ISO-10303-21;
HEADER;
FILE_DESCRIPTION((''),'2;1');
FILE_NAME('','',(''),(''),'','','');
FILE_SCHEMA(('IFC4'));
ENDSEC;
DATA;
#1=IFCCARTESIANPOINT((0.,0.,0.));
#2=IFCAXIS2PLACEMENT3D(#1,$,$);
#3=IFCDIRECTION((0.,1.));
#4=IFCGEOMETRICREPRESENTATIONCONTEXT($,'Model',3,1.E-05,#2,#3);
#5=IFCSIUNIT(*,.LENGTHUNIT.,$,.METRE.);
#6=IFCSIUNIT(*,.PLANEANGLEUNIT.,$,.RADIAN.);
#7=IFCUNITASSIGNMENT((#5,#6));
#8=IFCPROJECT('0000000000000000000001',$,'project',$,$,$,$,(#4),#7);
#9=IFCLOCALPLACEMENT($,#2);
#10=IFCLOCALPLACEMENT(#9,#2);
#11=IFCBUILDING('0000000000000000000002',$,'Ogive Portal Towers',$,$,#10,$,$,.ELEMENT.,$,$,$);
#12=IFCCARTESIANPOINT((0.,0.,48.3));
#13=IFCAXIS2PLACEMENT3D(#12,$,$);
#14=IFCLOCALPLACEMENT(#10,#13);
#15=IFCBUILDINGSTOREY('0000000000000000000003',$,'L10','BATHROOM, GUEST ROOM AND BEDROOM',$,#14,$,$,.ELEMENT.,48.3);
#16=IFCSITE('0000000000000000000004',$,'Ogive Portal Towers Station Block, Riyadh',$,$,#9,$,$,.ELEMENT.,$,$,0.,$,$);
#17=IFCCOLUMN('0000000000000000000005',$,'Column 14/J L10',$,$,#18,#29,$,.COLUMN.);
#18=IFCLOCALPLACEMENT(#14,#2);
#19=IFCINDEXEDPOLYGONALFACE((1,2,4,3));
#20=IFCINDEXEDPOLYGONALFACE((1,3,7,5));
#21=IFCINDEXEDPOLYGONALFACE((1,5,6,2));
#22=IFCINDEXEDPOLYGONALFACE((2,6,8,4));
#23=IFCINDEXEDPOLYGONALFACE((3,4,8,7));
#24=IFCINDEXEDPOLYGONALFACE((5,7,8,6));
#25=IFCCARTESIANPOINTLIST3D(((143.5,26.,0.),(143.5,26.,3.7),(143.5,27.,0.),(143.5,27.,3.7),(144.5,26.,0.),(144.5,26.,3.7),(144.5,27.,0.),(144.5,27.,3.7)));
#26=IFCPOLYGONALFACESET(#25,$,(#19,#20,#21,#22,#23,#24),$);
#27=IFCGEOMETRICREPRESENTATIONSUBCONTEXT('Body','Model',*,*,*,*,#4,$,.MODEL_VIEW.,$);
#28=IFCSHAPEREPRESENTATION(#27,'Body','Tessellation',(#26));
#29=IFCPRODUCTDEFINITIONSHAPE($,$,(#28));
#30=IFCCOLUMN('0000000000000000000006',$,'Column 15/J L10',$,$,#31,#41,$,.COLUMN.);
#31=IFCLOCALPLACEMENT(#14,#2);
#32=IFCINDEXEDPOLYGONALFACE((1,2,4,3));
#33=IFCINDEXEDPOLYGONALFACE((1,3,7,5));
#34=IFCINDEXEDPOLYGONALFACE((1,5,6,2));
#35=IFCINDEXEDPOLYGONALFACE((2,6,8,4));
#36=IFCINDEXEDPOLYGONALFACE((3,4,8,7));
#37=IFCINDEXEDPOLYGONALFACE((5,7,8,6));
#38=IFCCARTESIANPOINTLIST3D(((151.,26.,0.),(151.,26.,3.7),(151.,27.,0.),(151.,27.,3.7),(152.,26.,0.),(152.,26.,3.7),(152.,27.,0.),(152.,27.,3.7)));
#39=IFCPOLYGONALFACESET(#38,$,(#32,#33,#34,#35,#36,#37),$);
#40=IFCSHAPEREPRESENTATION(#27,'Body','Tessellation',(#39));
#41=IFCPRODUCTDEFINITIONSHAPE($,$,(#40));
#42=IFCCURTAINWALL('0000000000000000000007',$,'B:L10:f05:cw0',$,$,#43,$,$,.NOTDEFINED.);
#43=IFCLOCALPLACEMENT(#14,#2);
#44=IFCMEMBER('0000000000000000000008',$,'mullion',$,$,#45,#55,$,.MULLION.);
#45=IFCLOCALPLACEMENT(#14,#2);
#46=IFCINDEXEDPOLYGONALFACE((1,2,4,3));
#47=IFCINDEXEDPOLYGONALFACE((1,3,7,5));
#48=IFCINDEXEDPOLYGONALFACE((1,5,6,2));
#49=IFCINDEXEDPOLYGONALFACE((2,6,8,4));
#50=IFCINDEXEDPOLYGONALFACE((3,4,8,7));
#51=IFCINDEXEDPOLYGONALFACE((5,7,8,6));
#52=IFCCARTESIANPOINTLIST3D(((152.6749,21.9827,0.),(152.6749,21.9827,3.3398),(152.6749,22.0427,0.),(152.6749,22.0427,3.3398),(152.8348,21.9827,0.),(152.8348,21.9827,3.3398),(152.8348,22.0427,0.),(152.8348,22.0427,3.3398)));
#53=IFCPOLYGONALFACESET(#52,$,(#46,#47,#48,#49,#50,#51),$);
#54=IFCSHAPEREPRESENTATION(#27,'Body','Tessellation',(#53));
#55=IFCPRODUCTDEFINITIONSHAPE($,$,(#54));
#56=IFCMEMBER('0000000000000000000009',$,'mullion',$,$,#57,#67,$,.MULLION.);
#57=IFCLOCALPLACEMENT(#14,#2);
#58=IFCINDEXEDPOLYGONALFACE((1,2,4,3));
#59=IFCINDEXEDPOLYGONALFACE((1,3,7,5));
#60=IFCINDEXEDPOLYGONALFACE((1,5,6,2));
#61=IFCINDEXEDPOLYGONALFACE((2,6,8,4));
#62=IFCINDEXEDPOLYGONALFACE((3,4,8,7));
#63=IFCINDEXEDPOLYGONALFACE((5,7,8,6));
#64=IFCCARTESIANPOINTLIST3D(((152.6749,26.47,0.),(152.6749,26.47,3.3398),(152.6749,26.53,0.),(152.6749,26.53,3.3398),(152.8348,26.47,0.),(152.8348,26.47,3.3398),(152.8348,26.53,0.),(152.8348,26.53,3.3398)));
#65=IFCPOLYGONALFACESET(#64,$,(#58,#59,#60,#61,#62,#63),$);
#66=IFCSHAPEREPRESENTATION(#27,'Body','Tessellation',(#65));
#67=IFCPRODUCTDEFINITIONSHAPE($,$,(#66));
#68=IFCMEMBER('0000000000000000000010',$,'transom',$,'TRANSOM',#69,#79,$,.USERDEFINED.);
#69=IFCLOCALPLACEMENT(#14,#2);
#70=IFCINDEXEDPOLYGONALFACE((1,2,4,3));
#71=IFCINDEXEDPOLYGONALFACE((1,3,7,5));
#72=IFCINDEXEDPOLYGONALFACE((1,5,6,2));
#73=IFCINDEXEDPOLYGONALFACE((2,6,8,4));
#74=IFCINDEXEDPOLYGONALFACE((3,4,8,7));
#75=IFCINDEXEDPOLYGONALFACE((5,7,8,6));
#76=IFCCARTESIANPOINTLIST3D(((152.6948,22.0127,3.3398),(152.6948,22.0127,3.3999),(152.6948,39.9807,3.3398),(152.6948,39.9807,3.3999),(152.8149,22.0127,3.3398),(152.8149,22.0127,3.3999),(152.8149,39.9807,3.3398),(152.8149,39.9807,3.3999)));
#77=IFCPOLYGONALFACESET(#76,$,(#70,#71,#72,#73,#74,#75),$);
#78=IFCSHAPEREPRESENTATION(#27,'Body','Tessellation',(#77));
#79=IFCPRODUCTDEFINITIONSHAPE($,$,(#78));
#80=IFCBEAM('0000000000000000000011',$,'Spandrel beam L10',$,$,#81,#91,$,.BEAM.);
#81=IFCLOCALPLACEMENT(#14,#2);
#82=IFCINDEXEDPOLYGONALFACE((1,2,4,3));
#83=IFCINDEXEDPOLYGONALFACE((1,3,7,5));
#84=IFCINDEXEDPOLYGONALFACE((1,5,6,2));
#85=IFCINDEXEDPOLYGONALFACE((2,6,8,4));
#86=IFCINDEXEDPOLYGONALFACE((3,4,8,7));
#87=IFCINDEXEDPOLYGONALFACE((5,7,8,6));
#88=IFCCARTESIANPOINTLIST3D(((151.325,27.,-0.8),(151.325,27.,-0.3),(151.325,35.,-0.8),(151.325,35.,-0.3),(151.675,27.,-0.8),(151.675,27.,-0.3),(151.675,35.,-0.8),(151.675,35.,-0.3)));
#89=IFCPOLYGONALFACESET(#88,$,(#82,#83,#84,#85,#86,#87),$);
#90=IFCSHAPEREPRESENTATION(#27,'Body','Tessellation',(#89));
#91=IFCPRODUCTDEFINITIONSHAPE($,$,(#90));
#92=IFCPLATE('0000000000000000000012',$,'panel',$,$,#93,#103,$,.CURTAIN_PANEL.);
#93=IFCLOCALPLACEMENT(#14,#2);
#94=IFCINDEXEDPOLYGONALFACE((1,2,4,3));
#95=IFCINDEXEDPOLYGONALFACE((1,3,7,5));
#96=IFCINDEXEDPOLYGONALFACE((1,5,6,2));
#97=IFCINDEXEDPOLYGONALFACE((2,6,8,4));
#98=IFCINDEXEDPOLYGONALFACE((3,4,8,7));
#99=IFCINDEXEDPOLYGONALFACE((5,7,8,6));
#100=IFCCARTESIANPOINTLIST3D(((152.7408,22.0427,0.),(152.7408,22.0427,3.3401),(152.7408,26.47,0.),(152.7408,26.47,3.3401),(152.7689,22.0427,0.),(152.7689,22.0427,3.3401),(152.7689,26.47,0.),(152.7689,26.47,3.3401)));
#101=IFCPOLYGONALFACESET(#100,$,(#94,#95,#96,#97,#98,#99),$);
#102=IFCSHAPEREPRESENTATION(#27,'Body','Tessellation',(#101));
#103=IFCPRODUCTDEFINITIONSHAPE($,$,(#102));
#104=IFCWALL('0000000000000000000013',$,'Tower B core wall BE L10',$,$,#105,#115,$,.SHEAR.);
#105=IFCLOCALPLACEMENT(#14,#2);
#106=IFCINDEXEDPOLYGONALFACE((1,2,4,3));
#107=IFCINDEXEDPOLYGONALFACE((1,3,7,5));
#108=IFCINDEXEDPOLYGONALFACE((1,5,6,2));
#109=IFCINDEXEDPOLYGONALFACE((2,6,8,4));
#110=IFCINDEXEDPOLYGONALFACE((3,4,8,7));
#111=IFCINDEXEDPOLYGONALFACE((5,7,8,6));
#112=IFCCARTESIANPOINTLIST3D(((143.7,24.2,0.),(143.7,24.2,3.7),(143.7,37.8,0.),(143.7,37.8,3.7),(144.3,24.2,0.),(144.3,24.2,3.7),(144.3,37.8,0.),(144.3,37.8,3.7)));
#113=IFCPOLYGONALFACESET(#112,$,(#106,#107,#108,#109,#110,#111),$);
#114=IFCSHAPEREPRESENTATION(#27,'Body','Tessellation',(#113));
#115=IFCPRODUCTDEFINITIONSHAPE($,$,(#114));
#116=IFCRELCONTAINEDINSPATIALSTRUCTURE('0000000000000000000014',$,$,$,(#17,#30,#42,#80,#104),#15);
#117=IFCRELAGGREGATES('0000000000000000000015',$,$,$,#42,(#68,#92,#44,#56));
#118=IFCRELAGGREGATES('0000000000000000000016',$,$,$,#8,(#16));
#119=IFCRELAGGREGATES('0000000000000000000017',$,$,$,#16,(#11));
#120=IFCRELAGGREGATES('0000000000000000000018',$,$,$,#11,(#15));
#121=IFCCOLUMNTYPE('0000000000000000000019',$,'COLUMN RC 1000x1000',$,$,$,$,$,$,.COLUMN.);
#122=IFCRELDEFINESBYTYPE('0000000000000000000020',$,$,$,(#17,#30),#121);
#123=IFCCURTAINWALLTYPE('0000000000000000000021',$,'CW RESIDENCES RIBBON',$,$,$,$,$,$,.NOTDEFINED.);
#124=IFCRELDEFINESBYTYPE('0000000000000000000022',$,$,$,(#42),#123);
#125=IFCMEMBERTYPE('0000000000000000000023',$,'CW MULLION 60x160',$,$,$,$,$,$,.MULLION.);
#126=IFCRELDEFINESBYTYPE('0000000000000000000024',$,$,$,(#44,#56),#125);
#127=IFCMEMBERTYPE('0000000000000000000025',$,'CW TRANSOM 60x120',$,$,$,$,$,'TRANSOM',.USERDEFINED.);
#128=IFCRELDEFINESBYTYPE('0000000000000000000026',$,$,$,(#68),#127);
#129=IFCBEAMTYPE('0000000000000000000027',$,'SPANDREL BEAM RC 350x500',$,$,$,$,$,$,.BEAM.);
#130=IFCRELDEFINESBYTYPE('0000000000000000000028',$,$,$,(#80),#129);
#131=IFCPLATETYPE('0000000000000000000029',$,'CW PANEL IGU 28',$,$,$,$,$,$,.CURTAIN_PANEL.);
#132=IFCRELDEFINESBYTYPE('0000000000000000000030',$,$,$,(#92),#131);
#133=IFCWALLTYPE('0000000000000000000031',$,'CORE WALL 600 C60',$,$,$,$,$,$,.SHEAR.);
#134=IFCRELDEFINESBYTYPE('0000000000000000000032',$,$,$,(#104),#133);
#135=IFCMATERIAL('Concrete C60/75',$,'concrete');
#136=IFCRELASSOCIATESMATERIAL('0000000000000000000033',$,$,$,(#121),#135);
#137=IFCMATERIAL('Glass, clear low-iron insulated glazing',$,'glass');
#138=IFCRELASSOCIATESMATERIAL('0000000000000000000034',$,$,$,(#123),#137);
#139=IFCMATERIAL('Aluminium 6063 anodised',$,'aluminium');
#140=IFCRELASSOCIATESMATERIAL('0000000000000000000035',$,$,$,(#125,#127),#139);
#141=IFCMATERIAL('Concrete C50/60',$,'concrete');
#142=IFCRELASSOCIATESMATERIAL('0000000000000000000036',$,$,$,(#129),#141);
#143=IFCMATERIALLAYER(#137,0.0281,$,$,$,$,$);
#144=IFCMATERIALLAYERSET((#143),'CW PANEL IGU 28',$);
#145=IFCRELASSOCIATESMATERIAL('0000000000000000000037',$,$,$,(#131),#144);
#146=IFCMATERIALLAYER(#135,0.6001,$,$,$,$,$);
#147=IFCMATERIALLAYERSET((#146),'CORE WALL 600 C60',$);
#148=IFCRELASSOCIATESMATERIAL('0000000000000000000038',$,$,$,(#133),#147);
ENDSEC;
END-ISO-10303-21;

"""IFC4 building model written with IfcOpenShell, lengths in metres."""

from ifc_helpers import new_model, si_unit, direction, frame, frame_2d, origin, origin_2d, place, context, subcontext, project, spatial, rectangle, extrude, material, layer, layer_set, material_profile, profile_set, type_object, element, aggregate, save


model = new_model("IFC4")

# Units and contexts
model_context = context("Model", 3, precision=1e-05, world=origin(), true_north=direction((0.0, 1.0)))
body_context = subcontext(model_context, "Body", "Model", "MODEL_VIEW")
ifc_project = project(units=[si_unit("LENGTHUNIT", "METRE"), si_unit("PLANEANGLEUNIT", "RADIAN")], contexts=[model_context])

# Site, building, storey
site_placement = place(None, origin())
site = spatial("IfcSite", under=ifc_project, at=site_placement, Name="Ogive Portal Towers Station Block, Riyadh", CompositionType="ELEMENT", RefElevation=0.0)
building_placement = place(site_placement, origin())
building = spatial("IfcBuilding", under=site, at=building_placement, Name="Ogive Portal Towers", CompositionType="ELEMENT")
storey_placement = place(building_placement, frame((0.0, 0.0, 48.3)))
storey = spatial("IfcBuildingStorey", under=building, at=storey_placement, Name="L10", Description="BATHROOM, GUEST ROOM AND BEDROOM", CompositionType="ELEMENT", Elevation=48.3)

# Columns
ifc_material_1 = material(Name="Concrete C60/75", Category="concrete")
ifc_material_profile_1 = material_profile(ifc_material_1, rectangle(XDim=1.0, YDim=1.0, at=origin_2d()), Name="RC 1000x1000")
ifc_profile_set_1 = profile_set([ifc_material_profile_1], Name="Concrete C60/75")
column_type = type_object("IfcColumnType", Name="COLUMN RC 1000x1000", PredefinedType="COLUMN", material=ifc_profile_set_1)
for number, where, z_axis, x_axis, name in (
    (1, (144.0, 26.5, 0.0), (0.0, 0.0, 1.0), (1.0, 0.0, 0.0), "Column 14/J L10"),
    (2, (151.5, 26.5, 0.0), (0.0, 0.0, 1.0), (1.0, 0.0, 0.0), "Column 15/J L10"),
):
    element("IfcColumn", number, at=place(storey_placement, frame(where, z_axis=z_axis, x_axis=x_axis)), inside=storey, type_object=column_type, Name=name, PredefinedType="COLUMN", context=body_context, shape_type="SweptSolid", body=[
        extrude(rectangle(XDim=1.0, YDim=1.0, at=origin_2d()), origin(), (0.0, 0.0, 1.0), 3.7),
    ])

# Curtain wall, members
ifc_material_2 = material(Name="Glass, clear low-iron insulated glazing", Category="glass")
curtain_wall_type = type_object("IfcCurtainWallType", Name="CW RESIDENCES RIBBON", PredefinedType="NOTDEFINED", material=ifc_material_2)
curtain_wall_placement = place(storey_placement, origin())
curtain_wall = element("IfcCurtainWall", 3, at=curtain_wall_placement, inside=storey, type_object=curtain_wall_type, Name="B:L10:f05:cw0", PredefinedType="NOTDEFINED")
ifc_material_3 = material(Name="Aluminium 6063 anodised", Category="aluminium")
ifc_material_profile_2 = material_profile(ifc_material_3, rectangle(XDim=0.1599, YDim=0.0601, at=origin_2d()), Name="AL 60x160")
ifc_profile_set_2 = profile_set([ifc_material_profile_2], Name="Aluminium 6063 anodised")
member_type_1 = type_object("IfcMemberType", Name="CW MULLION 60x160", PredefinedType="MULLION", material=ifc_profile_set_2)
member_1_placement = place(storey_placement, frame((152.7549, 22.0127, 0.0), z_axis=(0.0, 0.0, 1.0), x_axis=(-1.0, 0.0, 0.0)))
member_1 = element("IfcMember", 4, at=member_1_placement, type_object=member_type_1, Name="mullion", PredefinedType="MULLION", context=body_context, shape_type="SweptSolid", body=[
    extrude(rectangle(XDim=0.1599, YDim=0.0601, at=origin_2d()), origin(), (0.0, 0.0, 1.0), 3.3398),
])
member_2_placement = place(storey_placement, frame((152.7549, 26.5, 0.0), z_axis=(0.0, 0.0, 1.0), x_axis=(-1.0, 0.0, 0.0)))
member_2 = element("IfcMember", 5, at=member_2_placement, type_object=member_type_1, Name="mullion", PredefinedType="MULLION", context=body_context, shape_type="SweptSolid", body=[
    extrude(rectangle(XDim=0.1599, YDim=0.0601, at=origin_2d()), origin(), (0.0, 0.0, 1.0), 3.3398),
])
ifc_material_profile_3 = material_profile(ifc_material_3, rectangle(XDim=0.1201, YDim=0.0601, at=origin_2d()), Name="AL 120x60")
ifc_profile_set_3 = profile_set([ifc_material_profile_3], Name="Aluminium 6063 anodised")
member_type_2 = type_object("IfcMemberType", Name="CW TRANSOM 60x120", ElementType="TRANSOM", PredefinedType="USERDEFINED", material=ifc_profile_set_3)
member_3_placement = place(storey_placement, frame((152.7549, 22.0127, 3.3699), z_axis=(0.0, 1.0, 0.0), x_axis=(-1.0, 0.0, 0.0)))
member_3 = element("IfcMember", 6, at=member_3_placement, type_object=member_type_2, Name="transom", ObjectType="TRANSOM", PredefinedType="USERDEFINED", context=body_context, shape_type="SweptSolid", body=[
    extrude(rectangle(XDim=0.1201, YDim=0.0601, at=origin_2d()), origin(), (0.0, 0.0, 1.0), 17.968),
])

# Beam
ifc_material_4 = material(Name="Concrete C50/60", Category="concrete")
ifc_material_profile_4 = material_profile(ifc_material_4, rectangle(XDim=0.3501, YDim=0.5, at=origin_2d()), Name="RC 350x500")
ifc_profile_set_4 = profile_set([ifc_material_profile_4], Name="Concrete C50/60")
beam_type = type_object("IfcBeamType", Name="SPANDREL BEAM RC 350x500", PredefinedType="BEAM", material=ifc_profile_set_4)
beam_placement = place(storey_placement, frame((151.5, 27.0, -0.55), z_axis=(0.0, 1.0, 0.0), x_axis=(-1.0, 0.0, 0.0)))
element("IfcBeam", 7, at=beam_placement, inside=storey, type_object=beam_type, Name="Spandrel beam L10", PredefinedType="BEAM", context=body_context, shape_type="SweptSolid", body=[
    extrude(rectangle(XDim=0.3501, YDim=0.5, at=origin_2d()), origin(), (0.0, 0.0, 1.0), 8.0),
])

# Plate
ifc_layer_1 = layer(ifc_material_2, 0.0281)
ifc_layer_set_1 = layer_set([ifc_layer_1], Name="CW PANEL IGU 28")
plate_type = type_object("IfcPlateType", Name="CW PANEL IGU 28", PredefinedType="CURTAIN_PANEL", material=ifc_layer_set_1)
plate_placement = place(storey_placement, frame((152.7549, 24.2563, 0.0), z_axis=(0.0, 0.0, 1.0), x_axis=(0.0, 1.0, 0.0)))
plate = element("IfcPlate", 8, at=plate_placement, type_object=plate_type, Name="panel", PredefinedType="CURTAIN_PANEL", context=body_context, shape_type="SweptSolid", body=[
    extrude(rectangle(XDim=4.4272, YDim=0.0281, at=origin_2d()), origin(), (0.0, 0.0, 1.0), 3.3401),
])
aggregate(curtain_wall, [member_3, plate, member_1, member_2])

# Wall
ifc_layer_2 = layer(ifc_material_1, 0.6001)
ifc_layer_set_2 = layer_set([ifc_layer_2], Name="CORE WALL 600 C60")
wall_type_1 = type_object("IfcWallType", Name="CORE WALL 600 C60", PredefinedType="SHEAR", material=ifc_layer_set_2)
wall_1_placement = place(storey_placement, frame((144.0, 24.2, 0.0), z_axis=(0.0, 0.0, 1.0), x_axis=(0.0, 1.0, 0.0)))
element("IfcWall", 9, at=wall_1_placement, inside=storey, type_object=wall_type_1, Name="Tower B core wall BE L10", PredefinedType="SHEAR", context=body_context, shape_type="SweptSolid", body=[
    extrude(rectangle(XDim=13.6001, YDim=0.6001, at=frame_2d((6.8, 0.0))), origin(), (0.0, 0.0, 1.0), 3.7),
])

save(model, "model.ifc")
